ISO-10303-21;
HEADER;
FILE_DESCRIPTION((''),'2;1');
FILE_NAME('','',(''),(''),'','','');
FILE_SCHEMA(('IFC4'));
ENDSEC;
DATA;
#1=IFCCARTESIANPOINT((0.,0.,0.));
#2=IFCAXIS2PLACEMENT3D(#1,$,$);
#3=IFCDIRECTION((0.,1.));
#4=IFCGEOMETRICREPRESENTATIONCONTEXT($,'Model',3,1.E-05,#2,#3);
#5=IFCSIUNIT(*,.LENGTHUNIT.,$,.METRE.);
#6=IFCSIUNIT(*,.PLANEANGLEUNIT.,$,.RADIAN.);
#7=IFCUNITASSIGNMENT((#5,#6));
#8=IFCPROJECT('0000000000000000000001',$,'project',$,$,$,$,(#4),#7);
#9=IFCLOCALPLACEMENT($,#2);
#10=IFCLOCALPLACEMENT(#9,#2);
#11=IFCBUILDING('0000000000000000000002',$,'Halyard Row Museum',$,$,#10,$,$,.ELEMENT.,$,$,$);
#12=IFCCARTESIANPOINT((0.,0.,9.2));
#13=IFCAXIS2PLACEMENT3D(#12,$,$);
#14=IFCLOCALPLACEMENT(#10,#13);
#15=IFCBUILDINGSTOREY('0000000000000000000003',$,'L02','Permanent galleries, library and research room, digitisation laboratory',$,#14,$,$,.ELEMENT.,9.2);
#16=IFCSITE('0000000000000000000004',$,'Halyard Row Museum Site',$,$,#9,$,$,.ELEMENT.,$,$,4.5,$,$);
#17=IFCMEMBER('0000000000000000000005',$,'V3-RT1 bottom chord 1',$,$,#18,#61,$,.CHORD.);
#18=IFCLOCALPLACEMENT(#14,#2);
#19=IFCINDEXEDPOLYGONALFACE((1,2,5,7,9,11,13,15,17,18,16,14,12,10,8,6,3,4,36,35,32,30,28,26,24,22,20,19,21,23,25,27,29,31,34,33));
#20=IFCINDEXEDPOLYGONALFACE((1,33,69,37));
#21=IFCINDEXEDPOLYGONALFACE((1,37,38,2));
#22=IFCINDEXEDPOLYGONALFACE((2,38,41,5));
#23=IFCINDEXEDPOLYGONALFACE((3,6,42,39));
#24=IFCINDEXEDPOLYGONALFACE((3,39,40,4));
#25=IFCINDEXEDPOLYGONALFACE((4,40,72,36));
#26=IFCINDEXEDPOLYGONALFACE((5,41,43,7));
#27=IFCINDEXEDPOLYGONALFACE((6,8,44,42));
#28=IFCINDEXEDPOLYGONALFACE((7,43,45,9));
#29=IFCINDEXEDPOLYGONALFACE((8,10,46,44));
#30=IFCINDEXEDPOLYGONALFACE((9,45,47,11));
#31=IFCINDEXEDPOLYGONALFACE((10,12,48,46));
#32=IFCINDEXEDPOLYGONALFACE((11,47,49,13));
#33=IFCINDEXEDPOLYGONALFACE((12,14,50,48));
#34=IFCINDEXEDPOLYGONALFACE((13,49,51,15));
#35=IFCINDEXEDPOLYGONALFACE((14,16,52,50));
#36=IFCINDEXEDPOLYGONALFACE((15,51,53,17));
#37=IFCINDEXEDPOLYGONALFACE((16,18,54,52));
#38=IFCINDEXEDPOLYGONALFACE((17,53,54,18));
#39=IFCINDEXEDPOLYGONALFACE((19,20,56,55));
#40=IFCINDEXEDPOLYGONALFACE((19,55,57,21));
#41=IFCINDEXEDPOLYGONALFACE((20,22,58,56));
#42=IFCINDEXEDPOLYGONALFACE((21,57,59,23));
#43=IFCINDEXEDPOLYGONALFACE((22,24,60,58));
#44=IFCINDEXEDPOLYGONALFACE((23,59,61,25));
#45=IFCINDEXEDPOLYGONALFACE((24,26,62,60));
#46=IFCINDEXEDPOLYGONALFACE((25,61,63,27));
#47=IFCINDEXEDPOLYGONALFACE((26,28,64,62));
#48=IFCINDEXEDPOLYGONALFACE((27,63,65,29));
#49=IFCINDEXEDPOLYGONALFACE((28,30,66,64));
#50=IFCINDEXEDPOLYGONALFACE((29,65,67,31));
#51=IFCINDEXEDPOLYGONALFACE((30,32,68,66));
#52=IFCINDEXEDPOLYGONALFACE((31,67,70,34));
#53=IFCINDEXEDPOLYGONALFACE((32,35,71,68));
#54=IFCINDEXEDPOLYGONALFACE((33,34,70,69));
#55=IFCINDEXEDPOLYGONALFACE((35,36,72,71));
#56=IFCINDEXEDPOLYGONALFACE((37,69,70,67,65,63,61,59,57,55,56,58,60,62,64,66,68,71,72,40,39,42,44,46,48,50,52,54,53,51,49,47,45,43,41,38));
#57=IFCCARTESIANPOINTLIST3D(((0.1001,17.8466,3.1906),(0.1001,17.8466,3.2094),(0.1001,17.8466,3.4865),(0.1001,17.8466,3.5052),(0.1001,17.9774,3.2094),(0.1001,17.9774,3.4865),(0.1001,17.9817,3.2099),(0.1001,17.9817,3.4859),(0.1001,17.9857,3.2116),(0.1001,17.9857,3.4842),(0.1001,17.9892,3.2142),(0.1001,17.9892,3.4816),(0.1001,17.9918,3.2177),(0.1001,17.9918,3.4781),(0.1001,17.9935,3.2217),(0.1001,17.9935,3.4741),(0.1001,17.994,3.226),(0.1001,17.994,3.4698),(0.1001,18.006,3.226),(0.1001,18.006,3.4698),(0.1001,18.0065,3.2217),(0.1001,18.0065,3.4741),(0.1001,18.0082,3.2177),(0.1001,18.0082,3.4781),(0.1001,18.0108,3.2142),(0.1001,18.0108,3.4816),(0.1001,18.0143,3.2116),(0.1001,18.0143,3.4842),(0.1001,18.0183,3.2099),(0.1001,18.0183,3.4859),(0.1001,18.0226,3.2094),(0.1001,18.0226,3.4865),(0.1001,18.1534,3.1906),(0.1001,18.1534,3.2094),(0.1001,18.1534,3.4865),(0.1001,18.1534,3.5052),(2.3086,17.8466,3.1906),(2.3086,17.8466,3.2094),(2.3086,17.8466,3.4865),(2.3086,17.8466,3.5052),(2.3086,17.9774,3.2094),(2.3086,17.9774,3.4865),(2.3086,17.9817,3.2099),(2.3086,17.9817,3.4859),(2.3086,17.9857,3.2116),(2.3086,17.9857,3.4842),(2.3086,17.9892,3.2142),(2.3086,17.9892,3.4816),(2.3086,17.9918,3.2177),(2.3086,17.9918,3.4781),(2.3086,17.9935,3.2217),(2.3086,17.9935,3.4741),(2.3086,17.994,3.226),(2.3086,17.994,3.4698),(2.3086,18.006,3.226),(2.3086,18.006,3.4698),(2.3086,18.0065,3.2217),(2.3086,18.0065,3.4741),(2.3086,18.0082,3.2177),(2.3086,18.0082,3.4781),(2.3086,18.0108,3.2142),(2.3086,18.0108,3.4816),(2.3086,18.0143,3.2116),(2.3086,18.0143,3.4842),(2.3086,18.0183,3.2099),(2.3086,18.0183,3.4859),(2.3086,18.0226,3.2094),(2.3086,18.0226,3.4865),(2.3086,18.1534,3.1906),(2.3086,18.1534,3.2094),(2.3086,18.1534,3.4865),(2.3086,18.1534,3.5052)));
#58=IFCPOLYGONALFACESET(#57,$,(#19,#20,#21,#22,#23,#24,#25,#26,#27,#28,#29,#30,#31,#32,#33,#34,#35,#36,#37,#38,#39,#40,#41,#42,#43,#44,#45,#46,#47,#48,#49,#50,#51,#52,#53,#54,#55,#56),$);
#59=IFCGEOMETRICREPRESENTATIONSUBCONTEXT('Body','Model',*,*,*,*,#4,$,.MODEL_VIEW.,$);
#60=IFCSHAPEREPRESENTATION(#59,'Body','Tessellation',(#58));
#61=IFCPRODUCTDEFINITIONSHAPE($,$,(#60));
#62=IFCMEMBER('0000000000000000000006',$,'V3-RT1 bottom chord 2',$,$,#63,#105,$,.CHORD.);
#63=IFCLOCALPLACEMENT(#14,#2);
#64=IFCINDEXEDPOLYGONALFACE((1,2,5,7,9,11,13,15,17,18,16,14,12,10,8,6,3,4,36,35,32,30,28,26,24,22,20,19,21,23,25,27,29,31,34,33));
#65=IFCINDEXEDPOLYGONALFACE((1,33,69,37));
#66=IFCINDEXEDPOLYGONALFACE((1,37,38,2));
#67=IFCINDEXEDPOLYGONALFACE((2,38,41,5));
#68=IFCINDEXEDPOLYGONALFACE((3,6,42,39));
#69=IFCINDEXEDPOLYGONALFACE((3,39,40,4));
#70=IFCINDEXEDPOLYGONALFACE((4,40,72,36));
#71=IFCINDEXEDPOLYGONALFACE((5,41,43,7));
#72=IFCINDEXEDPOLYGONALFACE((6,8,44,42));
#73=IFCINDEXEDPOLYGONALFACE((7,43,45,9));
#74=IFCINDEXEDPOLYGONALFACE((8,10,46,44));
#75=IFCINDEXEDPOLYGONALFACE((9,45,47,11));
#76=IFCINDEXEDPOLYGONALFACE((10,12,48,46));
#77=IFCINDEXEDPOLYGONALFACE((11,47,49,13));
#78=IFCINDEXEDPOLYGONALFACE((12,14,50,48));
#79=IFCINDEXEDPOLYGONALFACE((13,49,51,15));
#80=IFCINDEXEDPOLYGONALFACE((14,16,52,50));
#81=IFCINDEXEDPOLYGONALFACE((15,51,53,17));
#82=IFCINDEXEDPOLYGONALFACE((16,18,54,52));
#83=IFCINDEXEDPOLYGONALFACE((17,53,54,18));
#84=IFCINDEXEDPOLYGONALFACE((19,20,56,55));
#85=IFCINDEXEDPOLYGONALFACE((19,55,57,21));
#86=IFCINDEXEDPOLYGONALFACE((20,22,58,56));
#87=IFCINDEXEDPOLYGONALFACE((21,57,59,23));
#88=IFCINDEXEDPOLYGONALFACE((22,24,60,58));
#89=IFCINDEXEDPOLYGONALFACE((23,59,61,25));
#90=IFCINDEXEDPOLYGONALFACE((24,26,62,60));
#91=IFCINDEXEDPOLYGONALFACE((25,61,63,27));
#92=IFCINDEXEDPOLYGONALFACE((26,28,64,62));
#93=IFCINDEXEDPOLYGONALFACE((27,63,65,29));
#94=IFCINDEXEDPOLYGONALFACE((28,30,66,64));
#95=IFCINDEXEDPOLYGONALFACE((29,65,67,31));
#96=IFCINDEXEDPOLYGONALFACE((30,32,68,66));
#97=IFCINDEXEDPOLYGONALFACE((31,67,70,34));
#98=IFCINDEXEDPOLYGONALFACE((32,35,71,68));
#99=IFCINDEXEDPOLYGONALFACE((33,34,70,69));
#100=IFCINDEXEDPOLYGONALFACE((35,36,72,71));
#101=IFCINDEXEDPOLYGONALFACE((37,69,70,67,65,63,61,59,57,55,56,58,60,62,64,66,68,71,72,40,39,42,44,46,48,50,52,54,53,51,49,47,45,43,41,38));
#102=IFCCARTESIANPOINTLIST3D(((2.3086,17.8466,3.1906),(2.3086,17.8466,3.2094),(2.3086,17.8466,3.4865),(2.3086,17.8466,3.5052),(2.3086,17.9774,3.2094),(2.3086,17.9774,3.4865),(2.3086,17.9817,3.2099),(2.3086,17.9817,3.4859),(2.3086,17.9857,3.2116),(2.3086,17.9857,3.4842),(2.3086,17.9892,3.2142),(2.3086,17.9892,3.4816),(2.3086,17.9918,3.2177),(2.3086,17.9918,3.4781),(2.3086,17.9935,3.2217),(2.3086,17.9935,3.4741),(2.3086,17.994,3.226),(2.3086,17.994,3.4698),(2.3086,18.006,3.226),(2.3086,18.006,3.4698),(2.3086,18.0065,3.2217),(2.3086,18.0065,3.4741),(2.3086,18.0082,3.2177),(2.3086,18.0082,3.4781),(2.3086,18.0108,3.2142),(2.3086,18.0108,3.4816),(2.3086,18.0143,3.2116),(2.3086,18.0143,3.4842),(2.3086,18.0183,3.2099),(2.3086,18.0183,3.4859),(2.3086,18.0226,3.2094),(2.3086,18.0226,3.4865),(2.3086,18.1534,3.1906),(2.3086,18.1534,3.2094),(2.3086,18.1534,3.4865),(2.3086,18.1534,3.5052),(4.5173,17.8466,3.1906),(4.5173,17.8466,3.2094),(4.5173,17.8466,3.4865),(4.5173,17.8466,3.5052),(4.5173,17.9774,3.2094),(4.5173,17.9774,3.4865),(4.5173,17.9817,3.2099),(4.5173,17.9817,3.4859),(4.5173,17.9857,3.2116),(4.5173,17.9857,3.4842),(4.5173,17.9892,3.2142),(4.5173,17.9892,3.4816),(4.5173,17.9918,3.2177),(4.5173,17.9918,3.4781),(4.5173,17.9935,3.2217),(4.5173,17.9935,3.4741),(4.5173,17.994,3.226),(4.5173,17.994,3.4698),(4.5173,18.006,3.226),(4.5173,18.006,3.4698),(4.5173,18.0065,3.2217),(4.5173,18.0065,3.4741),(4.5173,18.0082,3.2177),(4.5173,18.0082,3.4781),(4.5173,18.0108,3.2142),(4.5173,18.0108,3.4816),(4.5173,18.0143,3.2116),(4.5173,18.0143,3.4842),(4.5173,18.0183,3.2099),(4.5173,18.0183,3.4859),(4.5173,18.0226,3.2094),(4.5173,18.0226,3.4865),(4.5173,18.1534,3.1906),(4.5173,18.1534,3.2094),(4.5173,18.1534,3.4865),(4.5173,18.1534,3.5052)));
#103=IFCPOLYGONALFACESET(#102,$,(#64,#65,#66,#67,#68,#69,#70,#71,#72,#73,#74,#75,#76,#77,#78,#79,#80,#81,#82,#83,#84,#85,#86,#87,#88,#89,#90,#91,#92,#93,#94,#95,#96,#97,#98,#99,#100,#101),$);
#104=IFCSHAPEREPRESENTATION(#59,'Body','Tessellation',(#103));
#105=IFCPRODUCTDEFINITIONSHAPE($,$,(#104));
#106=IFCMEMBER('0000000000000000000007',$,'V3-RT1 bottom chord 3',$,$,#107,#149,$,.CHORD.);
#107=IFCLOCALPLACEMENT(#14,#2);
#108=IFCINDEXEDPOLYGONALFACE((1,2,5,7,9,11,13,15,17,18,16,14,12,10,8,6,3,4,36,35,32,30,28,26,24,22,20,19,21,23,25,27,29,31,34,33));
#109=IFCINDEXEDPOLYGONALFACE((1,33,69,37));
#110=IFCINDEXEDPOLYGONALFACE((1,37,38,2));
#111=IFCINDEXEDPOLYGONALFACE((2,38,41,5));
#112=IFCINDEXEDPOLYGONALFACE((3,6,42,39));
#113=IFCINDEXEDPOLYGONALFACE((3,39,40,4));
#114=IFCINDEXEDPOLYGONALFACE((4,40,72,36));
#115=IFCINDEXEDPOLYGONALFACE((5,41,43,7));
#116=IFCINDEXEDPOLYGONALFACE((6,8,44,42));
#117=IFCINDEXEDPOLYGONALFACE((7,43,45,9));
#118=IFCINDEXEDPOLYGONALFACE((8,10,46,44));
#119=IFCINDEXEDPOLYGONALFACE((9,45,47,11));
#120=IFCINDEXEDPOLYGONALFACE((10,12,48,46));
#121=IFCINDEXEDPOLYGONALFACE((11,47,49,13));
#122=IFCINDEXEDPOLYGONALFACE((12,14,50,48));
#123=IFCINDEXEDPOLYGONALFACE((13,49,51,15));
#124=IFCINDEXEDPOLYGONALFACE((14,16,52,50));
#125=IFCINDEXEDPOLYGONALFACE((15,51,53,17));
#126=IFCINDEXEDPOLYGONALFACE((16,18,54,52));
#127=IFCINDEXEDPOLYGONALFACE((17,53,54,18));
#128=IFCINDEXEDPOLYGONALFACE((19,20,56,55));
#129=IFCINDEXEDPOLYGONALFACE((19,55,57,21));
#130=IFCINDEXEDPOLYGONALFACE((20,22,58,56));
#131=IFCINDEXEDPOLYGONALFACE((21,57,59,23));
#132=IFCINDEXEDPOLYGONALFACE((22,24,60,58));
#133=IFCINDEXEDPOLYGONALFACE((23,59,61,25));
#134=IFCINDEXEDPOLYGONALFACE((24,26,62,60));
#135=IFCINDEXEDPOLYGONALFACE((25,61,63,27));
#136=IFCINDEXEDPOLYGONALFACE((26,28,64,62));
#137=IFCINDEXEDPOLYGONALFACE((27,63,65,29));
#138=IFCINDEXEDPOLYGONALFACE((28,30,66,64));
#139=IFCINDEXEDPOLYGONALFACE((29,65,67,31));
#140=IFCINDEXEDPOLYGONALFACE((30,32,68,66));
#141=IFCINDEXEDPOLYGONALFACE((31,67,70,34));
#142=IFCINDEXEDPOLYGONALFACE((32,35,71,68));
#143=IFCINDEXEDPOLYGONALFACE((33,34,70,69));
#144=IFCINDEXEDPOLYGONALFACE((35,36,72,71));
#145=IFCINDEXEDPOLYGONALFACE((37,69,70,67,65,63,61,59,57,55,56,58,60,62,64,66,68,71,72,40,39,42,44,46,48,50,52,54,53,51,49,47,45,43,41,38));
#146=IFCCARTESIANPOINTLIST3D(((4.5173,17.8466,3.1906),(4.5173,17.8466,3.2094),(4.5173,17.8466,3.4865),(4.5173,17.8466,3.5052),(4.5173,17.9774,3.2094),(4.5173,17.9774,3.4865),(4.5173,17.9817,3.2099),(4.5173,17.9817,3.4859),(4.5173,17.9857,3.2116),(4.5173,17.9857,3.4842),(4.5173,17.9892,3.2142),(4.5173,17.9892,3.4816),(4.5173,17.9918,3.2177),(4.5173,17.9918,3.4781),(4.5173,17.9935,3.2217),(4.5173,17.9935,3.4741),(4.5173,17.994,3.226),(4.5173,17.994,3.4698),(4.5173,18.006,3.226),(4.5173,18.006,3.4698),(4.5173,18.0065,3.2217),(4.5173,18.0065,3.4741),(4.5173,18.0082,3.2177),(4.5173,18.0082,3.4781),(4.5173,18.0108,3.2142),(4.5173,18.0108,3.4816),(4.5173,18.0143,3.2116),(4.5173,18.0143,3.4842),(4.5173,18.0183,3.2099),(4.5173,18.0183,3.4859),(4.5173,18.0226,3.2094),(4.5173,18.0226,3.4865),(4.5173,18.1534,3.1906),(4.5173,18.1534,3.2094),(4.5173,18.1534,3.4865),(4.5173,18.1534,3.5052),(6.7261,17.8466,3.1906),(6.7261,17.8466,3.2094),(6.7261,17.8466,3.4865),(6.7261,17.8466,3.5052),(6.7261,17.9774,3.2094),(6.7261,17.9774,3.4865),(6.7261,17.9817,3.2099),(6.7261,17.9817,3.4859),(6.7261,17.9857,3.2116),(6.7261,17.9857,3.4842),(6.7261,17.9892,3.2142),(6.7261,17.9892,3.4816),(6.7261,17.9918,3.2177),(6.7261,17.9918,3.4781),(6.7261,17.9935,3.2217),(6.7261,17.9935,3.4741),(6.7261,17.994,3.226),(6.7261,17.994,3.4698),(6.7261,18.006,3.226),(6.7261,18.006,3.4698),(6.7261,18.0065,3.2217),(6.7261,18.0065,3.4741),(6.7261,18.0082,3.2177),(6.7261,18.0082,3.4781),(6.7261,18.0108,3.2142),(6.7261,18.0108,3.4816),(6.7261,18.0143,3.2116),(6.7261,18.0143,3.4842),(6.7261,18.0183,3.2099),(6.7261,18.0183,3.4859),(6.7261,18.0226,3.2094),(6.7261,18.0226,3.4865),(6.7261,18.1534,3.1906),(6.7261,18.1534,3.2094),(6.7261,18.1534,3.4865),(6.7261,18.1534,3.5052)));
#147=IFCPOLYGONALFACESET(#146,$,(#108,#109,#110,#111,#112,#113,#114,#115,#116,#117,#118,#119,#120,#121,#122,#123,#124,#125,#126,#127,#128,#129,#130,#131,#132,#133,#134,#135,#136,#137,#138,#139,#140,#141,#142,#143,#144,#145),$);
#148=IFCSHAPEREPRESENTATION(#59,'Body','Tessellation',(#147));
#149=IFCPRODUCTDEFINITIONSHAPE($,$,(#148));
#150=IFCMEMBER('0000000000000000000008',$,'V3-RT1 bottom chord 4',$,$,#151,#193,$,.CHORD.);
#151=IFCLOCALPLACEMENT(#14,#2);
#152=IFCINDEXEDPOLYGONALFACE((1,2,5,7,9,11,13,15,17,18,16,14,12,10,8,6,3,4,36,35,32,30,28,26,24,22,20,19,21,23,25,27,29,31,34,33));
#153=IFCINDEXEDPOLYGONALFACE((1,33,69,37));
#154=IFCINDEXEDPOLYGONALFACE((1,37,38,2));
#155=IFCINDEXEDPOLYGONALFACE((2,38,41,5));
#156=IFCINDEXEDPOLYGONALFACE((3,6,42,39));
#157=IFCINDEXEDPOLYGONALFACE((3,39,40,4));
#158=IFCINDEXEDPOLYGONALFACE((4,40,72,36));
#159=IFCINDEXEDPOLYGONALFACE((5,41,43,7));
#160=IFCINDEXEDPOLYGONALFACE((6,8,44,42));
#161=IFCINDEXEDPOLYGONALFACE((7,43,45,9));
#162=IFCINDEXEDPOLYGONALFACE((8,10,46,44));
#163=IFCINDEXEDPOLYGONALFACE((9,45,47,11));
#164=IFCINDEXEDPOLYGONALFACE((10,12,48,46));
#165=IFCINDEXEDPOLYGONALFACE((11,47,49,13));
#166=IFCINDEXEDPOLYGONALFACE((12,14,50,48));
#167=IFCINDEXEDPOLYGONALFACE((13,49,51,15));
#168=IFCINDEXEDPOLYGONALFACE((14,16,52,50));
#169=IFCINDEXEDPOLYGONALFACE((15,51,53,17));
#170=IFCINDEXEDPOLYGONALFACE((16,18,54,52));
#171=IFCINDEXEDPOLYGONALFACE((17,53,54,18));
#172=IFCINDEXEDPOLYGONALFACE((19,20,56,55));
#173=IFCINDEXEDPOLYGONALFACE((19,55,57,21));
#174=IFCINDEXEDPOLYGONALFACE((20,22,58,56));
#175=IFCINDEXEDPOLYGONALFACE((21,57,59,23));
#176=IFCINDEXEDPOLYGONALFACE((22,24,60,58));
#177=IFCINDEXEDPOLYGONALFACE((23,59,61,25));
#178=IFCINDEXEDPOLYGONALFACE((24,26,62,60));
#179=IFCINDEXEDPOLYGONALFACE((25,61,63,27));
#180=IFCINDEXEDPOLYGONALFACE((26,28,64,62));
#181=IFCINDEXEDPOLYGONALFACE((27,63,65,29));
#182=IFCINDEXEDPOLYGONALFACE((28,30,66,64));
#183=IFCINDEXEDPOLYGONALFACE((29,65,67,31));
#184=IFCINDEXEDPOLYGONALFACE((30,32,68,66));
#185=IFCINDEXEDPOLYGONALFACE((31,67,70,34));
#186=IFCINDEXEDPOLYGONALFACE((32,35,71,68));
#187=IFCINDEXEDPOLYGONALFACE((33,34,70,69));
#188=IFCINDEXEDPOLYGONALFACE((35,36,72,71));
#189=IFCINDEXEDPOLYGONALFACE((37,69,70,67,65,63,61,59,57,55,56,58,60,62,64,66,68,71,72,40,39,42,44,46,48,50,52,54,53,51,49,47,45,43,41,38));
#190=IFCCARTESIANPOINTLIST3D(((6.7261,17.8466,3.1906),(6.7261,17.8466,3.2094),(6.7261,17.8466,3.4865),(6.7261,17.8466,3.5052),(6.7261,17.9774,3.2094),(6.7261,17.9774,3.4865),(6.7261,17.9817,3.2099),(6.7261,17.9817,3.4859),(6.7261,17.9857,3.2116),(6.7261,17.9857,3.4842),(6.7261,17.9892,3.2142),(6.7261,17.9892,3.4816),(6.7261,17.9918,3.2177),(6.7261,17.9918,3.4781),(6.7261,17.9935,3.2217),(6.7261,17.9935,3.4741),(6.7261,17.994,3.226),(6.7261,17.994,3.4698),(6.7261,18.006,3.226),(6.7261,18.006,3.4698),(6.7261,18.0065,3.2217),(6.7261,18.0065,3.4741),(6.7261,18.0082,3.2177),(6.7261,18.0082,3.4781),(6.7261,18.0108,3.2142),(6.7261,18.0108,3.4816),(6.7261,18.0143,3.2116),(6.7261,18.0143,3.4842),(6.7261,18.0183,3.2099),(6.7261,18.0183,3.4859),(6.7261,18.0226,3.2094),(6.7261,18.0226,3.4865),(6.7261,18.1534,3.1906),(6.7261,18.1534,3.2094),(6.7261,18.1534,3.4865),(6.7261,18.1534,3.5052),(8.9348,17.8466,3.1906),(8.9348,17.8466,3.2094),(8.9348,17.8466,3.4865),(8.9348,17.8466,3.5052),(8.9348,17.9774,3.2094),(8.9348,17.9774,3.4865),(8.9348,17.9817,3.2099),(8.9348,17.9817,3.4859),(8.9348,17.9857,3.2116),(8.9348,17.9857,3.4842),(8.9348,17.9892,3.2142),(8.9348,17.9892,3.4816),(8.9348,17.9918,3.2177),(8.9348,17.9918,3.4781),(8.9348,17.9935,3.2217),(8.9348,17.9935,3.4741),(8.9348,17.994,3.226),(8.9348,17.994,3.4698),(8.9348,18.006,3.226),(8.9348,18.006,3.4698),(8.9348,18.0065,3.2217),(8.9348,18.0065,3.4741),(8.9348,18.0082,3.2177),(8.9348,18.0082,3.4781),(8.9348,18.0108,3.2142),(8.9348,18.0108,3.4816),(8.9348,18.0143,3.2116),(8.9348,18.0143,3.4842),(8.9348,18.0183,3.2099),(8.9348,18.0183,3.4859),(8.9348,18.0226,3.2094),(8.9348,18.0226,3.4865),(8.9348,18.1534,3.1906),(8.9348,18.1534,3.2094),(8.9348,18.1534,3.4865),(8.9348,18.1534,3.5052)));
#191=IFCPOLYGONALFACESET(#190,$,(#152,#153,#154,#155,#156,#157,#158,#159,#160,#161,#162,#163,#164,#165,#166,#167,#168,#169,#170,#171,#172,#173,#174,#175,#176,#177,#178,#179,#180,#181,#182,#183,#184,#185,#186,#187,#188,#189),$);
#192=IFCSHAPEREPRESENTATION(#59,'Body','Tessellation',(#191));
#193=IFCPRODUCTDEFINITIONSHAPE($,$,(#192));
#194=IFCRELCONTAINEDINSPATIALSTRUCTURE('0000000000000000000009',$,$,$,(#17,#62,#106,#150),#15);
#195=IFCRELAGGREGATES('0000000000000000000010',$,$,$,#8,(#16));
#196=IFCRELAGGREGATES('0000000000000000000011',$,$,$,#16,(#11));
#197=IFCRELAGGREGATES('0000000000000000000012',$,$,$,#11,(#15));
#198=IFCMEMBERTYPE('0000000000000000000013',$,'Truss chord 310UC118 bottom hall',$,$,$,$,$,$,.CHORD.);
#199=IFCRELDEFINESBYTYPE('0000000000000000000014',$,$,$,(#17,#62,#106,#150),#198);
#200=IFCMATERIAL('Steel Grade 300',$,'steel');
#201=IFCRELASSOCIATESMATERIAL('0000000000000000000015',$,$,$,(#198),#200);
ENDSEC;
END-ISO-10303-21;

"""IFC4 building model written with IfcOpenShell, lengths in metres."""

from ifc_helpers import new_model, si_unit, direction, frame, origin, origin_2d, place, context, subcontext, project, spatial, i_section, extrude, material, material_profile, profile_set, type_object, element, save


model = new_model("IFC4")

# Units and contexts
model_context = context("Model", 3, precision=1e-05, world=origin(), true_north=direction((0.0, 1.0)))
body_context = subcontext(model_context, "Body", "Model", "MODEL_VIEW")
ifc_project = project(units=[si_unit("LENGTHUNIT", "METRE"), si_unit("PLANEANGLEUNIT", "RADIAN")], contexts=[model_context])

# Site, building, storey
site_placement = place(None, origin())
site = spatial("IfcSite", under=ifc_project, at=site_placement, Name="Halyard Row Museum Site", CompositionType="ELEMENT", RefElevation=4.5)
building_placement = place(site_placement, origin())
building = spatial("IfcBuilding", under=site, at=building_placement, Name="Halyard Row Museum", CompositionType="ELEMENT")
storey_placement = place(building_placement, frame((0.0, 0.0, 9.2)))
storey = spatial("IfcBuildingStorey", under=building, at=storey_placement, Name="L02", Description="Permanent galleries, library and research room, digitisation laboratory", CompositionType="ELEMENT", Elevation=9.2)

# Members
ifc_material_1 = material(Name="Steel Grade 300", Category="steel")
ifc_material_profile_1 = material_profile(ifc_material_1, i_section(OverallWidth=0.3069, OverallDepth=0.3147, WebThickness=0.012, FlangeThickness=0.0188, FilletRadius=0.0166, at=origin_2d()), Name="310UC118")
ifc_profile_set_1 = profile_set([ifc_material_profile_1], Name="Steel Grade 300")
member_type_1 = type_object("IfcMemberType", Name="Truss chord 310UC118 bottom hall", PredefinedType="CHORD", material=ifc_profile_set_1)
member_1_placement = place(storey_placement, frame((0.1001, 18.0, 3.3479), z_axis=(1.0, 0.0, 0.0), x_axis=(0.0, 1.0, 0.0)))
element("IfcMember", 1, at=member_1_placement, inside=storey, type_object=member_type_1, Name="V3-RT1 bottom chord 1", PredefinedType="CHORD", context=body_context, shape_type="SweptSolid", body=[
    extrude(i_section(OverallWidth=0.3069, OverallDepth=0.3147, WebThickness=0.012, FlangeThickness=0.0188, FilletRadius=0.0166, at=origin_2d()), origin(), (0.0, 0.0, 1.0), 2.2085),
])
for number, where, z_axis, x_axis, name in (
    (2, (2.3086, 18.0, 3.3479), (1.0, 0.0, 0.0), (0.0, 1.0, 0.0), "V3-RT1 bottom chord 2"),
    (3, (4.5173, 18.0, 3.3479), (1.0, 0.0, 0.0), (0.0, 1.0, 0.0), "V3-RT1 bottom chord 3"),
    (4, (6.7261, 18.0, 3.3479), (1.0, 0.0, 0.0), (0.0, 1.0, 0.0), "V3-RT1 bottom chord 4"),
):
    element("IfcMember", number, at=place(storey_placement, frame(where, z_axis=z_axis, x_axis=x_axis)), inside=storey, type_object=member_type_1, Name=name, PredefinedType="CHORD", context=body_context, shape_type="SweptSolid", body=[
        extrude(i_section(OverallWidth=0.3069, OverallDepth=0.3147, WebThickness=0.012, FlangeThickness=0.0188, FilletRadius=0.0166, at=origin_2d()), origin(), (0.0, 0.0, 1.0), 2.2087),
    ])

save(model, "model.ifc")
